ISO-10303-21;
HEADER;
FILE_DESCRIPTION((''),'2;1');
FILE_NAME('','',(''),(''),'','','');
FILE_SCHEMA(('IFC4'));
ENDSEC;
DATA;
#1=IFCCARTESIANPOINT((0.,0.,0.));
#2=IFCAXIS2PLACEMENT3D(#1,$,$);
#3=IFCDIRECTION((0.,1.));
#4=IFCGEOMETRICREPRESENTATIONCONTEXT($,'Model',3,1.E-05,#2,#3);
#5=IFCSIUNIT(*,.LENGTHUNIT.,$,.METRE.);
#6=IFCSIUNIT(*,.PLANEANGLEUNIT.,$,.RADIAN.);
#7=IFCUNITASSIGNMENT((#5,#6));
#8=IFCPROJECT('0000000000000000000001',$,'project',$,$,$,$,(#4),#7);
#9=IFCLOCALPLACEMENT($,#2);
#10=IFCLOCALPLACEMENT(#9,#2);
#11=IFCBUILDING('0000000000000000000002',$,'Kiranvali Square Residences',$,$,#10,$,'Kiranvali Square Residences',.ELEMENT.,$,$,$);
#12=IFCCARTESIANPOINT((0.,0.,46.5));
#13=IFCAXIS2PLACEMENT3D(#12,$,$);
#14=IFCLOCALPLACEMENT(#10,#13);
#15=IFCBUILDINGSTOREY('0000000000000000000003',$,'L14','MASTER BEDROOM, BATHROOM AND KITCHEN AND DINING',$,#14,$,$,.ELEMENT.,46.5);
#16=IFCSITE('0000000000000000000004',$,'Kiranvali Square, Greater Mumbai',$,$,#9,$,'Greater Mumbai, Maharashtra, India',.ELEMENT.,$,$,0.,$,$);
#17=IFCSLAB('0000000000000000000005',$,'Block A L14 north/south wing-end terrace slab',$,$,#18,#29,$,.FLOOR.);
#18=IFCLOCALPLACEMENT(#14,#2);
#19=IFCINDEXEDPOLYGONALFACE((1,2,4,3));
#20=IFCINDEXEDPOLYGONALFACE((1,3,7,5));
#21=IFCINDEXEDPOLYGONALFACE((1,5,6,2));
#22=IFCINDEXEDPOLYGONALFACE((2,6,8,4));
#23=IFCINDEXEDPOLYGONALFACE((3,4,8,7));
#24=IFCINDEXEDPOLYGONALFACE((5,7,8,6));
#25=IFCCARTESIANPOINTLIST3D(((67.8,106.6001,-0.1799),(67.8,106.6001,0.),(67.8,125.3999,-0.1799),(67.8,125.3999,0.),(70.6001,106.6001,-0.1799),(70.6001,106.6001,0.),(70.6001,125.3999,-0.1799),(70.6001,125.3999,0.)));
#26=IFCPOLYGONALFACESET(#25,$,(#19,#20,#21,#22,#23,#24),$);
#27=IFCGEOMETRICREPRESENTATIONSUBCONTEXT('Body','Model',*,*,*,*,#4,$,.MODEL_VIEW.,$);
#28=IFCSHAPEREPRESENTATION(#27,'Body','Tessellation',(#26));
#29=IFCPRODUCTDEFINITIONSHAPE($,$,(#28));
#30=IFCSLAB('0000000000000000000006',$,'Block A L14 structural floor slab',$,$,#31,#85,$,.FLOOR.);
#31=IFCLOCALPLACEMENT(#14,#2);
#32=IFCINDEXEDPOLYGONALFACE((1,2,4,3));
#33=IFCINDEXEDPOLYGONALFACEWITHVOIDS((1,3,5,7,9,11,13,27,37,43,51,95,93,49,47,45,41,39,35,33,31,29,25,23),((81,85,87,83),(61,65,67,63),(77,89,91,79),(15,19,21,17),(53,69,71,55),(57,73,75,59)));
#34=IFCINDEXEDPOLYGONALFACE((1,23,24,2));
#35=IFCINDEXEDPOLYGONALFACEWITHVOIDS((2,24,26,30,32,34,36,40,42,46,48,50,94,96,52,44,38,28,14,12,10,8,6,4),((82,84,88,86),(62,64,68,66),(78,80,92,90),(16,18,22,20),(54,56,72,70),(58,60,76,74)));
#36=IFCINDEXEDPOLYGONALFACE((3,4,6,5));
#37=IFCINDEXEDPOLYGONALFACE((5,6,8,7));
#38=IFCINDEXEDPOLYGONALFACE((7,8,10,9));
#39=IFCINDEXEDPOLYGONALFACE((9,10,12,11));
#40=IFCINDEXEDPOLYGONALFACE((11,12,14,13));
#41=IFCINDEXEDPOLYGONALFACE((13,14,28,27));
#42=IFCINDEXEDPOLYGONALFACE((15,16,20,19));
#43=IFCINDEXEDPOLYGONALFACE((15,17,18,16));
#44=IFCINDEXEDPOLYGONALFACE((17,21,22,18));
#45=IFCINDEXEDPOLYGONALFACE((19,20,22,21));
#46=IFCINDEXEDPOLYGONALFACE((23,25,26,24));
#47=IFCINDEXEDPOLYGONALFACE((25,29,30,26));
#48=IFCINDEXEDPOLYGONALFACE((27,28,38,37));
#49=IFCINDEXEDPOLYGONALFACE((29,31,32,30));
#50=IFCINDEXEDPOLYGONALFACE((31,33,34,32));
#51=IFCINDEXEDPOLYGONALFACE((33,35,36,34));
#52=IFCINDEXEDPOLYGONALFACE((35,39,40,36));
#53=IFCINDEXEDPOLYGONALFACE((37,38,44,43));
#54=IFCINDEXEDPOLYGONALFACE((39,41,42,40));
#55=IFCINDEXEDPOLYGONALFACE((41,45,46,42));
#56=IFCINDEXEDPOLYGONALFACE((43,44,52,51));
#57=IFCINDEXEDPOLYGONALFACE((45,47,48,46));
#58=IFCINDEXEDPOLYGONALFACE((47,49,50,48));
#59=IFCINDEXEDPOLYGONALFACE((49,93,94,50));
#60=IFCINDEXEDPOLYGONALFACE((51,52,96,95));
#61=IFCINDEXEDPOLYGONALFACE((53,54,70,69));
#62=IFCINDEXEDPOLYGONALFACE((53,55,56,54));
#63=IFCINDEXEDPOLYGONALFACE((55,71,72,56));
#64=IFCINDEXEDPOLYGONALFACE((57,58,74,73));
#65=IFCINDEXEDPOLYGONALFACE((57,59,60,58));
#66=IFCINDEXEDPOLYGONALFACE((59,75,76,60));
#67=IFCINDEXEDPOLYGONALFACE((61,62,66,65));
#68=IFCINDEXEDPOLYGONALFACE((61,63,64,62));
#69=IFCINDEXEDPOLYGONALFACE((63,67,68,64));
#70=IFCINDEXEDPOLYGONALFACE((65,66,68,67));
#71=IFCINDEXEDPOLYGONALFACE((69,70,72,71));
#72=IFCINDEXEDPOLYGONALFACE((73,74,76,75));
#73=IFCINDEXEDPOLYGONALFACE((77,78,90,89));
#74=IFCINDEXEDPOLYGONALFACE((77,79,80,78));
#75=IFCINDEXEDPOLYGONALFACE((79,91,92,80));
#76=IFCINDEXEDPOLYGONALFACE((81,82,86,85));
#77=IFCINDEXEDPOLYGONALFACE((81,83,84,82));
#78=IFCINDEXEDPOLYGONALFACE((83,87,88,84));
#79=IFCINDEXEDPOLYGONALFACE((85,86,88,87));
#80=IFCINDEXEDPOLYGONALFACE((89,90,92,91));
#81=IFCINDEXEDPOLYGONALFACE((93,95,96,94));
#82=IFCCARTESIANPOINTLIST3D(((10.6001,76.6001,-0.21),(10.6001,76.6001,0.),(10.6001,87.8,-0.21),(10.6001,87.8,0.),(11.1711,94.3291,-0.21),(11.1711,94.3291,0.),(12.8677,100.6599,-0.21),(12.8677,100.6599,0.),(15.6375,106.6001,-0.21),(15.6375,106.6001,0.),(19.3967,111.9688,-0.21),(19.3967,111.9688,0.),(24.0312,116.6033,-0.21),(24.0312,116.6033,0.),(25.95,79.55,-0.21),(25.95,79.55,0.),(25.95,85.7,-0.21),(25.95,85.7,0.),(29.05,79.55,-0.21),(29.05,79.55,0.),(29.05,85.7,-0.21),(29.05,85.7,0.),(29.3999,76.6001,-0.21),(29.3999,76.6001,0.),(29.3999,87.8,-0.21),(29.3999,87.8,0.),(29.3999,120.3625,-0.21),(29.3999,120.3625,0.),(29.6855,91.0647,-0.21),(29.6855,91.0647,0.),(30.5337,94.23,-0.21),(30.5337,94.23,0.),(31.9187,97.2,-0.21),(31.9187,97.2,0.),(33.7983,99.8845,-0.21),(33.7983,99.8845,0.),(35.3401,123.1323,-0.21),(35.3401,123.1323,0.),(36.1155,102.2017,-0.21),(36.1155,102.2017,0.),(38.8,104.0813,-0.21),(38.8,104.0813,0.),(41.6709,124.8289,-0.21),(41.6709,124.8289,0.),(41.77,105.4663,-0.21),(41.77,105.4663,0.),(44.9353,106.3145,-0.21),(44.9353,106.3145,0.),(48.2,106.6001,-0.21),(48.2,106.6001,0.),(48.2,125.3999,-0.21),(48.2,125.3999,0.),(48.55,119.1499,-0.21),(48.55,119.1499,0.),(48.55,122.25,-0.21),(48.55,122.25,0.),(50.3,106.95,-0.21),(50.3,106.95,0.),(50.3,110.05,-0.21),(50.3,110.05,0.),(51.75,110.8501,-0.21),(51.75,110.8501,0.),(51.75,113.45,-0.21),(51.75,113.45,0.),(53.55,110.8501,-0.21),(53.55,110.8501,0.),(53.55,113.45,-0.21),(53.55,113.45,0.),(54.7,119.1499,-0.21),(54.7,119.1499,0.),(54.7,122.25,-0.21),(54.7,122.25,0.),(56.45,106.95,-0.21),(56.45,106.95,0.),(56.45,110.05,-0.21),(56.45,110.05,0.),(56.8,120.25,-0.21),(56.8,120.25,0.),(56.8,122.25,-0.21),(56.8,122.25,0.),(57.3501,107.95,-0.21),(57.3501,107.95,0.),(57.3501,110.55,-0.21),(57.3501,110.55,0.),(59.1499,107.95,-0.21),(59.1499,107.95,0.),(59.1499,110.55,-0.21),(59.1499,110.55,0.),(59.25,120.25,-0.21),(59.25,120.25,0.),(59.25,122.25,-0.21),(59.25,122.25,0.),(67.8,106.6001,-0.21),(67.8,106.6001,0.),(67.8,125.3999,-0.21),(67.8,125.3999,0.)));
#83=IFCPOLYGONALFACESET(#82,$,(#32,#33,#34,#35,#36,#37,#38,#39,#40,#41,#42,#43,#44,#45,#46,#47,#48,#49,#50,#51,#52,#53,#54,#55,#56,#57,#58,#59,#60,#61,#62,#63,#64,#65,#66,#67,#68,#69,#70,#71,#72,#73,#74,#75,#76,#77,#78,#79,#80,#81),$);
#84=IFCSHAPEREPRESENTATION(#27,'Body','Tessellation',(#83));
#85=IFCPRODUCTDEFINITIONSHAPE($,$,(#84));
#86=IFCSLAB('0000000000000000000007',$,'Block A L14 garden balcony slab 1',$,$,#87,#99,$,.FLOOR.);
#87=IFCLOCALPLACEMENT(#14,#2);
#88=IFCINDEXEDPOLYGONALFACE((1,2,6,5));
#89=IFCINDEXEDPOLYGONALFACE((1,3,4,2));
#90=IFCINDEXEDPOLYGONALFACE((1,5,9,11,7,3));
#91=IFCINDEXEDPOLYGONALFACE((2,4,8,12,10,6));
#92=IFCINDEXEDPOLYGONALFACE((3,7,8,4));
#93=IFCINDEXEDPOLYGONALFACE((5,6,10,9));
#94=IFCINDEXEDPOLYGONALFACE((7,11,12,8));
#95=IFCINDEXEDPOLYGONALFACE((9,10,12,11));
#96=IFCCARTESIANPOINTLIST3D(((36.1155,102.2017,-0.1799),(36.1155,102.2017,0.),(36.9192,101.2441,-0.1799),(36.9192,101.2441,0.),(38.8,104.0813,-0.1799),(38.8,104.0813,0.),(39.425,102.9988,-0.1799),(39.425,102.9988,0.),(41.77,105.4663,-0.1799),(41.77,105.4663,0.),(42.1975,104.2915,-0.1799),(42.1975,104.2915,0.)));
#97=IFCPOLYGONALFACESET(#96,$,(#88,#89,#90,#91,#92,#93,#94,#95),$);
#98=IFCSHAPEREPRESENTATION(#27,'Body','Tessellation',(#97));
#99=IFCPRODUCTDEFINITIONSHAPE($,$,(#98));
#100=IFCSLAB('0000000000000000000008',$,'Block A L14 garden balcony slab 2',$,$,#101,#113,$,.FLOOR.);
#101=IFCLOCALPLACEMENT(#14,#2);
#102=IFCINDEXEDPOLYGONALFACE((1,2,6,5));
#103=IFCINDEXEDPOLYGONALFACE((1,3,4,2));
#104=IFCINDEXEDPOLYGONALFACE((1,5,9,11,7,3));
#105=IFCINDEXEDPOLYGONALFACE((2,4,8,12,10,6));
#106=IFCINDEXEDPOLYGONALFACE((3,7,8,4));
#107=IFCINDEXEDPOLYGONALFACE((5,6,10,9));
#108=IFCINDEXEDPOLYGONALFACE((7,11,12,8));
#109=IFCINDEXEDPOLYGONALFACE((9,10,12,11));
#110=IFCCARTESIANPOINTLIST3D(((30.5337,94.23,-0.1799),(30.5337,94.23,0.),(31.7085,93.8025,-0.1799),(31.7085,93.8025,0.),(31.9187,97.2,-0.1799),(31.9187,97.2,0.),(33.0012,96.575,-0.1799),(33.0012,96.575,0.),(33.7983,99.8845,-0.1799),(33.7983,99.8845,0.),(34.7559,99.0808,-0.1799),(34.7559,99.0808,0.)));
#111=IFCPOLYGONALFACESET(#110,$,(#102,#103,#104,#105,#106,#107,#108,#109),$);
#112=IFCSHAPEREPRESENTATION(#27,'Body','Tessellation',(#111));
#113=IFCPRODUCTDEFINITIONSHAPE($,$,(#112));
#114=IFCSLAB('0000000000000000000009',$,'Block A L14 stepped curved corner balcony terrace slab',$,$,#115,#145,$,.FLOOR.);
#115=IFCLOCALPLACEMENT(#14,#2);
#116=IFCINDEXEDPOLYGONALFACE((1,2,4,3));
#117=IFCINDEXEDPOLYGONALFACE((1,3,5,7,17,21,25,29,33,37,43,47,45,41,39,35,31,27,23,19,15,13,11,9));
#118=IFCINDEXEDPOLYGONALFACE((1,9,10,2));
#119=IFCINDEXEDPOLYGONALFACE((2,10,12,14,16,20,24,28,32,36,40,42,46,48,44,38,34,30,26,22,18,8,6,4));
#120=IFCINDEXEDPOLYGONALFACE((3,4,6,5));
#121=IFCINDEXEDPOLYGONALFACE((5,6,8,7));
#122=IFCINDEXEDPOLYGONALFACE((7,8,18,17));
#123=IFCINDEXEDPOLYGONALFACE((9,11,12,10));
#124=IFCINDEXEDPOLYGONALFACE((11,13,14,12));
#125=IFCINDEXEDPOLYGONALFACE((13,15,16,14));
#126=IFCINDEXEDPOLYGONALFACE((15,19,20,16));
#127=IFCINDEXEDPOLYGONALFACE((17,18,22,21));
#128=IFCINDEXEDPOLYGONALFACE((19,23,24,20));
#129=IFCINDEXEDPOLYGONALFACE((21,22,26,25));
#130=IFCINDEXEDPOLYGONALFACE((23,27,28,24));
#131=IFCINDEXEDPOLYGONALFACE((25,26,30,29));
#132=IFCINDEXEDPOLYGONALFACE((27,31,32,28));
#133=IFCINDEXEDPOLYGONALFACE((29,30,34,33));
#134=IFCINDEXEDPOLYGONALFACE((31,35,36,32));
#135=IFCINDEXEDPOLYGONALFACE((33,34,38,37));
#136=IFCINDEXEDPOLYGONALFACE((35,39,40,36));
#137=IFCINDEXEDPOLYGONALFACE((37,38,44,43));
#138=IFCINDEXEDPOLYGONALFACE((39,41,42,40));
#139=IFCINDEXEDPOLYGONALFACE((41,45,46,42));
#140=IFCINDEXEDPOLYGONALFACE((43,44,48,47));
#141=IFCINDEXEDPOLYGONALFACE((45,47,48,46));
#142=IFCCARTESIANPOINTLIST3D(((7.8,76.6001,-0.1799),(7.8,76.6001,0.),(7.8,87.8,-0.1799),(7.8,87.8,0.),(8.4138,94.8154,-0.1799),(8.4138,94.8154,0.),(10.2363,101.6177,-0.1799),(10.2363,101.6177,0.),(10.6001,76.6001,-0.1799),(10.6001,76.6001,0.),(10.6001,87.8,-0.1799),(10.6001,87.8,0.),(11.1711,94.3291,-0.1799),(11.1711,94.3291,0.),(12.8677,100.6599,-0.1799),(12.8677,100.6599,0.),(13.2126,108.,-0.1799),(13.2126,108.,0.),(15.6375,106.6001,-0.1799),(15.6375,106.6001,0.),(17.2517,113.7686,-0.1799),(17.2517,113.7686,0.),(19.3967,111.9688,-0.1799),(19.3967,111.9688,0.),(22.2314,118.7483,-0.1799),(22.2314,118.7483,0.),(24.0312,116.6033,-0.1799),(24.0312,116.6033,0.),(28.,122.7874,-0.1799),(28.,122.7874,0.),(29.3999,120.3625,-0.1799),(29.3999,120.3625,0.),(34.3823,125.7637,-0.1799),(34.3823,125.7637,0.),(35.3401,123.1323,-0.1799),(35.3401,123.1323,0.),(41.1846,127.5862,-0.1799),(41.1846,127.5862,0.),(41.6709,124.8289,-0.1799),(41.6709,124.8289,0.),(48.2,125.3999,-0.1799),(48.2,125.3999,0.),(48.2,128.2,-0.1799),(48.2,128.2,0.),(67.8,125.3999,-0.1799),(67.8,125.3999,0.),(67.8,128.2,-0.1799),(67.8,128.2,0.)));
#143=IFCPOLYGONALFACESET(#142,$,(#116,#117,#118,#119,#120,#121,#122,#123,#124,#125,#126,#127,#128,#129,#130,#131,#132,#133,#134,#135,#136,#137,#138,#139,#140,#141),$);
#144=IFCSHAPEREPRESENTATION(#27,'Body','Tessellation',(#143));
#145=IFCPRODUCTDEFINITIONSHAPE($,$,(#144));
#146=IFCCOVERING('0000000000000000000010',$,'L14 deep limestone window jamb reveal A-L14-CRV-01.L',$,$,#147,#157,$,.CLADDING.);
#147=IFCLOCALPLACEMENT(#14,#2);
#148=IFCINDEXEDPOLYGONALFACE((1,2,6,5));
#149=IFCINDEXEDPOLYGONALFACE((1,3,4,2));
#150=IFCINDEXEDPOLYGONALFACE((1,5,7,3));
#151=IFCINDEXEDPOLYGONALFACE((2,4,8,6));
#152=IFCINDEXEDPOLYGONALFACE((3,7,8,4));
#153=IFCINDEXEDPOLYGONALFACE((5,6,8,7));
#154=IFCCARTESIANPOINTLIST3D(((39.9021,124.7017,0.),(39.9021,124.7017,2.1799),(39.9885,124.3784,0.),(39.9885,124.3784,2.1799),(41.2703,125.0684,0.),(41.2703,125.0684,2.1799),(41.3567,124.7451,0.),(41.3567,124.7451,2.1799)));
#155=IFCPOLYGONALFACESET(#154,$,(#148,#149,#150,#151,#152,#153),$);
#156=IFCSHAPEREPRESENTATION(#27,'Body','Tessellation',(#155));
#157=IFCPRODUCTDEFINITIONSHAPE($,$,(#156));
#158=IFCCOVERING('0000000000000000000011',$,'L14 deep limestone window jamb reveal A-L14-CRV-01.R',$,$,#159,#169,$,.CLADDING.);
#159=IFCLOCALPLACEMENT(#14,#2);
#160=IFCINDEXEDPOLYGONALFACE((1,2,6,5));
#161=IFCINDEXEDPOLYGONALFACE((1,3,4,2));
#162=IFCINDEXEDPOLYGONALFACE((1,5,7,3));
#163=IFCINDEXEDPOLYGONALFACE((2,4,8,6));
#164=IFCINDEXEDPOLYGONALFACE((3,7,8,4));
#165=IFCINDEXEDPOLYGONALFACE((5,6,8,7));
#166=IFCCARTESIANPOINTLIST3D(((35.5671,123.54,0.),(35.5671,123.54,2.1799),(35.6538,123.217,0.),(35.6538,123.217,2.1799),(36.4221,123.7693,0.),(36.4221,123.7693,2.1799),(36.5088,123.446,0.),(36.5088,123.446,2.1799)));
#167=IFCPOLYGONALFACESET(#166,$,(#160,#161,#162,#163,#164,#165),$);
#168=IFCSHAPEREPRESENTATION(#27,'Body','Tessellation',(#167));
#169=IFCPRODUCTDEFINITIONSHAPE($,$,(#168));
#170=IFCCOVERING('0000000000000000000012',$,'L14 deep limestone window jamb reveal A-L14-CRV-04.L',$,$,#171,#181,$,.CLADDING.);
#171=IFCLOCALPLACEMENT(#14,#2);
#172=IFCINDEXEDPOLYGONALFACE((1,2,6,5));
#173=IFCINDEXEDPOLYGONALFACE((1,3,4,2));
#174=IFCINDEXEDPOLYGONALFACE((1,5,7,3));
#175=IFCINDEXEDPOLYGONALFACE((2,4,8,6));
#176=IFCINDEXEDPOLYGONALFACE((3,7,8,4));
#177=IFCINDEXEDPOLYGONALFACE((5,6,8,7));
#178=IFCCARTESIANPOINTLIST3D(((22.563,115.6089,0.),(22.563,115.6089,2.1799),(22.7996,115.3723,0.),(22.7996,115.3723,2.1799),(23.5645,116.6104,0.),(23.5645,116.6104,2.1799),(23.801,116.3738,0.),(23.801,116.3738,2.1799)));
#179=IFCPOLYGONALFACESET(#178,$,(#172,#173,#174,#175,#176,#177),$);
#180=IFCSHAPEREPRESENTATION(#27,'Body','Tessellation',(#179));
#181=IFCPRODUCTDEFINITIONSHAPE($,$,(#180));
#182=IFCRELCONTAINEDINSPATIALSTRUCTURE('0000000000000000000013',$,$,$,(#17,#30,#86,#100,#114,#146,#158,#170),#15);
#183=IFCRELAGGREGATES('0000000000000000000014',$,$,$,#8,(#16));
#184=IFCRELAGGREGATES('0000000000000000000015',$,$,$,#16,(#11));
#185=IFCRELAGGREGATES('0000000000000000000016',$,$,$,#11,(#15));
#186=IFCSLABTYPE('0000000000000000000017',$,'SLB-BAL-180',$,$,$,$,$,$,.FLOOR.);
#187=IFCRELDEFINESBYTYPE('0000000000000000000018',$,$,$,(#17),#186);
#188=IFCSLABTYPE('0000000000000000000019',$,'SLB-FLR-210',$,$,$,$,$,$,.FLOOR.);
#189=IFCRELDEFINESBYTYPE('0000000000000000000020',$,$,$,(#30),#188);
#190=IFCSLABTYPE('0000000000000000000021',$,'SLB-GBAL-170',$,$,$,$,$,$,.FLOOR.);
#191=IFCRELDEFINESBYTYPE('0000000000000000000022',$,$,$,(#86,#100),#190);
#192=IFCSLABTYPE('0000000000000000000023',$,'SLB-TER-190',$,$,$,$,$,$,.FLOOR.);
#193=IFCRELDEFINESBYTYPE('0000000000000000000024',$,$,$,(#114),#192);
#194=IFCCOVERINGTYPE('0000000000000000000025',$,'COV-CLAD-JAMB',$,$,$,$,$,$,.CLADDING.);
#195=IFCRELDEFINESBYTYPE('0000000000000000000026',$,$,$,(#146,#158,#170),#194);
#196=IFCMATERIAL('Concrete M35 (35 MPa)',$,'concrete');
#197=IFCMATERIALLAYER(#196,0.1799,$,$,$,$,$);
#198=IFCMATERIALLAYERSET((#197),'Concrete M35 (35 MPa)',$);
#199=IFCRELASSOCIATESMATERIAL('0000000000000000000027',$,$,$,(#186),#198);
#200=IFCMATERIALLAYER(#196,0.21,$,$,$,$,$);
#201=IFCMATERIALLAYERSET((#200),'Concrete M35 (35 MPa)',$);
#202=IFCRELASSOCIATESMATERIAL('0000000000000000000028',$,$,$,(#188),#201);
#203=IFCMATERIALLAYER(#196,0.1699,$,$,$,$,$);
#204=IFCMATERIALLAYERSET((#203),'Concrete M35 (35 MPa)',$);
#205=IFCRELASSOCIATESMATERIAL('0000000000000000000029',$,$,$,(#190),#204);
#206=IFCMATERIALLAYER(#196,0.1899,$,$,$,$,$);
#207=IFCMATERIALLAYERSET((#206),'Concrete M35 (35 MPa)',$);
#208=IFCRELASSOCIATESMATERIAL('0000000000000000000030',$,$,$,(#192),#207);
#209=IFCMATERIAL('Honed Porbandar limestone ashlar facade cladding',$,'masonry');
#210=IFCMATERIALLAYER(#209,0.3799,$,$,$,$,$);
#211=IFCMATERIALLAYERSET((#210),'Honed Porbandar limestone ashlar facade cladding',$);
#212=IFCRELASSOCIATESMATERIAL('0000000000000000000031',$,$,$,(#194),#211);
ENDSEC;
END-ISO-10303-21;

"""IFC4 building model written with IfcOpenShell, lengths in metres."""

from ifc_helpers import new_model, si_unit, direction, frame, origin, place, context, subcontext, project, spatial, polyline, outline, extrude, material, layer, layer_set, type_object, element, save


model = new_model("IFC4")

# Units and contexts
model_context = context("Model", 3, precision=1e-05, world=origin(), true_north=direction((0.0, 1.0)))
body_context = subcontext(model_context, "Body", "Model", "MODEL_VIEW")
ifc_project = project(units=[si_unit("LENGTHUNIT", "METRE"), si_unit("PLANEANGLEUNIT", "RADIAN")], contexts=[model_context])

# Site, building, storey
site_placement = place(None, origin())
site = spatial("IfcSite", under=ifc_project, at=site_placement, Name="Kiranvali Square, Greater Mumbai", LongName="Greater Mumbai, Maharashtra, India", CompositionType="ELEMENT", RefElevation=0.0)
building_placement = place(site_placement, origin())
building = spatial("IfcBuilding", under=site, at=building_placement, Name="Kiranvali Square Residences", LongName="Kiranvali Square Residences", CompositionType="ELEMENT")
storey_placement = place(building_placement, frame((0.0, 0.0, 46.5)))
storey = spatial("IfcBuildingStorey", under=building, at=storey_placement, Name="L14", Description="MASTER BEDROOM, BATHROOM AND KITCHEN AND DINING", CompositionType="ELEMENT", Elevation=46.5)

# Slabs
ifc_material_1 = material(Name="Concrete M35 (35 MPa)", Category="concrete")
ifc_layer_1 = layer(ifc_material_1, 0.1799)
ifc_layer_set_1 = layer_set([ifc_layer_1], Name="Concrete M35 (35 MPa)")
slab_type_1 = type_object("IfcSlabType", Name="SLB-BAL-180", PredefinedType="FLOOR", material=ifc_layer_set_1)
slab_1_placement = place(storey_placement, frame((0.0, 0.0, -0.1799)))
element("IfcSlab", 1, at=slab_1_placement, inside=storey, type_object=slab_type_1, Name="Block A L14 north/south wing-end terrace slab", PredefinedType="FLOOR", context=body_context, shape_type="SweptSolid", body=[
    extrude(outline(polyline([(67.8, 106.6001), (70.6001, 106.6001), (70.6001, 125.3999), (67.8, 125.3999), (67.8, 106.6001)])), origin(), (0.0, 0.0, 1.0), 0.1799),
])
ifc_layer_2 = layer(ifc_material_1, 0.21)
ifc_layer_set_2 = layer_set([ifc_layer_2], Name="Concrete M35 (35 MPa)")
slab_type_2 = type_object("IfcSlabType", Name="SLB-FLR-210", PredefinedType="FLOOR", material=ifc_layer_set_2)
slab_2_placement = place(storey_placement, frame((0.0, 0.0, -0.21)))
element("IfcSlab", 2, at=slab_2_placement, inside=storey, type_object=slab_type_2, Name="Block A L14 structural floor slab", PredefinedType="FLOOR", context=body_context, shape_type="SweptSolid", body=[
    extrude(outline(polyline([(67.8, 106.6001), (67.8, 125.3999), (48.2, 125.3999), (41.6709, 124.8289), (35.3401, 123.1323), (29.3999, 120.3625), (24.0312, 116.6033), (19.3967, 111.9688), (15.6375, 106.6001), (12.8677, 100.6599), (11.1711, 94.3291), (10.6001, 87.8), (10.6001, 76.6001), (29.3999, 76.6001), (29.3999, 87.8), (29.6855, 91.0647), (30.5337, 94.23), (31.9187, 97.2), (33.7983, 99.8845), (36.1155, 102.2017), (38.8, 104.0813), (41.77, 105.4663), (44.9353, 106.3145), (48.2, 106.6001), (67.8, 106.6001)]), holes=[polyline([(56.8, 120.25), (59.25, 120.25), (59.25, 122.25), (56.8, 122.25), (56.8, 120.25)]), polyline([(57.3501, 107.95), (59.1499, 107.95), (59.1499, 110.55), (57.3501, 110.55), (57.3501, 107.95)]), polyline([(51.75, 110.8501), (53.55, 110.8501), (53.55, 113.45), (51.75, 113.45), (51.75, 110.8501)]), polyline([(54.7, 122.25), (48.55, 122.25), (48.55, 119.1499), (54.7, 119.1499), (54.7, 122.25)]), polyline([(50.3, 106.95), (56.45, 106.95), (56.45, 110.05), (50.3, 110.05), (50.3, 106.95)]), polyline([(25.95, 85.7), (25.95, 79.55), (29.05, 79.55), (29.05, 85.7), (25.95, 85.7)])]), origin(), (0.0, 0.0, 1.0), 0.21),
])
ifc_layer_3 = layer(ifc_material_1, 0.1699)
ifc_layer_set_3 = layer_set([ifc_layer_3], Name="Concrete M35 (35 MPa)")
slab_type_3 = type_object("IfcSlabType", Name="SLB-GBAL-170", PredefinedType="FLOOR", material=ifc_layer_set_3)
slab_3_placement = place(storey_placement, frame((0.0, 0.0, -0.1799)))
element("IfcSlab", 3, at=slab_3_placement, inside=storey, type_object=slab_type_3, Name="Block A L14 garden balcony slab 1", PredefinedType="FLOOR", context=body_context, shape_type="SweptSolid", body=[
    extrude(outline(polyline([(41.77, 105.4663), (38.8, 104.0813), (36.1155, 102.2017), (36.9192, 101.2441), (39.425, 102.9988), (42.1975, 104.2915), (41.77, 105.4663)])), origin(), (0.0, 0.0, 1.0), 0.1799),
])
slab_4_placement = place(storey_placement, frame((0.0, 0.0, -0.1799)))
element("IfcSlab", 4, at=slab_4_placement, inside=storey, type_object=slab_type_3, Name="Block A L14 garden balcony slab 2", PredefinedType="FLOOR", context=body_context, shape_type="SweptSolid", body=[
    extrude(outline(polyline([(33.7983, 99.8845), (31.9187, 97.2), (30.5337, 94.23), (31.7085, 93.8025), (33.0012, 96.575), (34.7559, 99.0808), (33.7983, 99.8845)])), origin(), (0.0, 0.0, 1.0), 0.1799),
])
ifc_layer_4 = layer(ifc_material_1, 0.1899)
ifc_layer_set_4 = layer_set([ifc_layer_4], Name="Concrete M35 (35 MPa)")
slab_type_4 = type_object("IfcSlabType", Name="SLB-TER-190", PredefinedType="FLOOR", material=ifc_layer_set_4)
slab_5_placement = place(storey_placement, frame((0.0, 0.0, -0.1799)))
element("IfcSlab", 5, at=slab_5_placement, inside=storey, type_object=slab_type_4, Name="Block A L14 stepped curved corner balcony terrace slab", PredefinedType="FLOOR", context=body_context, shape_type="SweptSolid", body=[
    extrude(outline(polyline([(67.8, 128.2), (48.2, 128.2), (41.1846, 127.5862), (34.3823, 125.7637), (28.0, 122.7874), (22.2314, 118.7483), (17.2517, 113.7686), (13.2126, 108.0), (10.2363, 101.6177), (8.4138, 94.8154), (7.8, 87.8), (7.8, 76.6001), (10.6001, 76.6001), (10.6001, 87.8), (11.1711, 94.3291), (12.8677, 100.6599), (15.6375, 106.6001), (19.3967, 111.9688), (24.0312, 116.6033), (29.3999, 120.3625), (35.3401, 123.1323), (41.6709, 124.8289), (48.2, 125.3999), (67.8, 125.3999), (67.8, 128.2)])), origin(), (0.0, 0.0, 1.0), 0.1799),
])

# Coverings
ifc_material_2 = material(Name="Honed Porbandar limestone ashlar facade cladding", Category="masonry")
ifc_layer_5 = layer(ifc_material_2, 0.3799)
ifc_layer_set_5 = layer_set([ifc_layer_5], Name="Honed Porbandar limestone ashlar facade cladding")
covering_type_1 = type_object("IfcCoveringType", Name="COV-CLAD-JAMB", PredefinedType="CLADDING", material=ifc_layer_set_5)
covering_1_placement = place(storey_placement, origin())
element("IfcCovering", 6, at=covering_1_placement, inside=storey, type_object=covering_type_1, Name="L14 deep limestone window jamb reveal A-L14-CRV-01.L", PredefinedType="CLADDING", context=body_context, shape_type="SweptSolid", body=[
    extrude(outline(polyline([(41.2703, 125.0684), (39.9021, 124.7017), (39.9885, 124.3784), (41.3567, 124.7451), (41.2703, 125.0684)])), origin(), (0.0, 0.0, 1.0), 2.1799),
])
covering_2_placement = place(storey_placement, origin())
element("IfcCovering", 7, at=covering_2_placement, inside=storey, type_object=covering_type_1, Name="L14 deep limestone window jamb reveal A-L14-CRV-01.R", PredefinedType="CLADDING", context=body_context, shape_type="SweptSolid", body=[
    extrude(outline(polyline([(36.4221, 123.7693), (35.5671, 123.54), (35.6538, 123.217), (36.5088, 123.446), (36.4221, 123.7693)])), origin(), (0.0, 0.0, 1.0), 2.1799),
])
covering_3_placement = place(storey_placement, origin())
element("IfcCovering", 8, at=covering_3_placement, inside=storey, type_object=covering_type_1, Name="L14 deep limestone window jamb reveal A-L14-CRV-04.L", PredefinedType="CLADDING", context=body_context, shape_type="SweptSolid", body=[
    extrude(outline(polyline([(23.5645, 116.6104), (22.563, 115.6089), (22.7996, 115.3723), (23.801, 116.3738), (23.5645, 116.6104)])), origin(), (0.0, 0.0, 1.0), 2.1799),
])

save(model, "model.ifc")
